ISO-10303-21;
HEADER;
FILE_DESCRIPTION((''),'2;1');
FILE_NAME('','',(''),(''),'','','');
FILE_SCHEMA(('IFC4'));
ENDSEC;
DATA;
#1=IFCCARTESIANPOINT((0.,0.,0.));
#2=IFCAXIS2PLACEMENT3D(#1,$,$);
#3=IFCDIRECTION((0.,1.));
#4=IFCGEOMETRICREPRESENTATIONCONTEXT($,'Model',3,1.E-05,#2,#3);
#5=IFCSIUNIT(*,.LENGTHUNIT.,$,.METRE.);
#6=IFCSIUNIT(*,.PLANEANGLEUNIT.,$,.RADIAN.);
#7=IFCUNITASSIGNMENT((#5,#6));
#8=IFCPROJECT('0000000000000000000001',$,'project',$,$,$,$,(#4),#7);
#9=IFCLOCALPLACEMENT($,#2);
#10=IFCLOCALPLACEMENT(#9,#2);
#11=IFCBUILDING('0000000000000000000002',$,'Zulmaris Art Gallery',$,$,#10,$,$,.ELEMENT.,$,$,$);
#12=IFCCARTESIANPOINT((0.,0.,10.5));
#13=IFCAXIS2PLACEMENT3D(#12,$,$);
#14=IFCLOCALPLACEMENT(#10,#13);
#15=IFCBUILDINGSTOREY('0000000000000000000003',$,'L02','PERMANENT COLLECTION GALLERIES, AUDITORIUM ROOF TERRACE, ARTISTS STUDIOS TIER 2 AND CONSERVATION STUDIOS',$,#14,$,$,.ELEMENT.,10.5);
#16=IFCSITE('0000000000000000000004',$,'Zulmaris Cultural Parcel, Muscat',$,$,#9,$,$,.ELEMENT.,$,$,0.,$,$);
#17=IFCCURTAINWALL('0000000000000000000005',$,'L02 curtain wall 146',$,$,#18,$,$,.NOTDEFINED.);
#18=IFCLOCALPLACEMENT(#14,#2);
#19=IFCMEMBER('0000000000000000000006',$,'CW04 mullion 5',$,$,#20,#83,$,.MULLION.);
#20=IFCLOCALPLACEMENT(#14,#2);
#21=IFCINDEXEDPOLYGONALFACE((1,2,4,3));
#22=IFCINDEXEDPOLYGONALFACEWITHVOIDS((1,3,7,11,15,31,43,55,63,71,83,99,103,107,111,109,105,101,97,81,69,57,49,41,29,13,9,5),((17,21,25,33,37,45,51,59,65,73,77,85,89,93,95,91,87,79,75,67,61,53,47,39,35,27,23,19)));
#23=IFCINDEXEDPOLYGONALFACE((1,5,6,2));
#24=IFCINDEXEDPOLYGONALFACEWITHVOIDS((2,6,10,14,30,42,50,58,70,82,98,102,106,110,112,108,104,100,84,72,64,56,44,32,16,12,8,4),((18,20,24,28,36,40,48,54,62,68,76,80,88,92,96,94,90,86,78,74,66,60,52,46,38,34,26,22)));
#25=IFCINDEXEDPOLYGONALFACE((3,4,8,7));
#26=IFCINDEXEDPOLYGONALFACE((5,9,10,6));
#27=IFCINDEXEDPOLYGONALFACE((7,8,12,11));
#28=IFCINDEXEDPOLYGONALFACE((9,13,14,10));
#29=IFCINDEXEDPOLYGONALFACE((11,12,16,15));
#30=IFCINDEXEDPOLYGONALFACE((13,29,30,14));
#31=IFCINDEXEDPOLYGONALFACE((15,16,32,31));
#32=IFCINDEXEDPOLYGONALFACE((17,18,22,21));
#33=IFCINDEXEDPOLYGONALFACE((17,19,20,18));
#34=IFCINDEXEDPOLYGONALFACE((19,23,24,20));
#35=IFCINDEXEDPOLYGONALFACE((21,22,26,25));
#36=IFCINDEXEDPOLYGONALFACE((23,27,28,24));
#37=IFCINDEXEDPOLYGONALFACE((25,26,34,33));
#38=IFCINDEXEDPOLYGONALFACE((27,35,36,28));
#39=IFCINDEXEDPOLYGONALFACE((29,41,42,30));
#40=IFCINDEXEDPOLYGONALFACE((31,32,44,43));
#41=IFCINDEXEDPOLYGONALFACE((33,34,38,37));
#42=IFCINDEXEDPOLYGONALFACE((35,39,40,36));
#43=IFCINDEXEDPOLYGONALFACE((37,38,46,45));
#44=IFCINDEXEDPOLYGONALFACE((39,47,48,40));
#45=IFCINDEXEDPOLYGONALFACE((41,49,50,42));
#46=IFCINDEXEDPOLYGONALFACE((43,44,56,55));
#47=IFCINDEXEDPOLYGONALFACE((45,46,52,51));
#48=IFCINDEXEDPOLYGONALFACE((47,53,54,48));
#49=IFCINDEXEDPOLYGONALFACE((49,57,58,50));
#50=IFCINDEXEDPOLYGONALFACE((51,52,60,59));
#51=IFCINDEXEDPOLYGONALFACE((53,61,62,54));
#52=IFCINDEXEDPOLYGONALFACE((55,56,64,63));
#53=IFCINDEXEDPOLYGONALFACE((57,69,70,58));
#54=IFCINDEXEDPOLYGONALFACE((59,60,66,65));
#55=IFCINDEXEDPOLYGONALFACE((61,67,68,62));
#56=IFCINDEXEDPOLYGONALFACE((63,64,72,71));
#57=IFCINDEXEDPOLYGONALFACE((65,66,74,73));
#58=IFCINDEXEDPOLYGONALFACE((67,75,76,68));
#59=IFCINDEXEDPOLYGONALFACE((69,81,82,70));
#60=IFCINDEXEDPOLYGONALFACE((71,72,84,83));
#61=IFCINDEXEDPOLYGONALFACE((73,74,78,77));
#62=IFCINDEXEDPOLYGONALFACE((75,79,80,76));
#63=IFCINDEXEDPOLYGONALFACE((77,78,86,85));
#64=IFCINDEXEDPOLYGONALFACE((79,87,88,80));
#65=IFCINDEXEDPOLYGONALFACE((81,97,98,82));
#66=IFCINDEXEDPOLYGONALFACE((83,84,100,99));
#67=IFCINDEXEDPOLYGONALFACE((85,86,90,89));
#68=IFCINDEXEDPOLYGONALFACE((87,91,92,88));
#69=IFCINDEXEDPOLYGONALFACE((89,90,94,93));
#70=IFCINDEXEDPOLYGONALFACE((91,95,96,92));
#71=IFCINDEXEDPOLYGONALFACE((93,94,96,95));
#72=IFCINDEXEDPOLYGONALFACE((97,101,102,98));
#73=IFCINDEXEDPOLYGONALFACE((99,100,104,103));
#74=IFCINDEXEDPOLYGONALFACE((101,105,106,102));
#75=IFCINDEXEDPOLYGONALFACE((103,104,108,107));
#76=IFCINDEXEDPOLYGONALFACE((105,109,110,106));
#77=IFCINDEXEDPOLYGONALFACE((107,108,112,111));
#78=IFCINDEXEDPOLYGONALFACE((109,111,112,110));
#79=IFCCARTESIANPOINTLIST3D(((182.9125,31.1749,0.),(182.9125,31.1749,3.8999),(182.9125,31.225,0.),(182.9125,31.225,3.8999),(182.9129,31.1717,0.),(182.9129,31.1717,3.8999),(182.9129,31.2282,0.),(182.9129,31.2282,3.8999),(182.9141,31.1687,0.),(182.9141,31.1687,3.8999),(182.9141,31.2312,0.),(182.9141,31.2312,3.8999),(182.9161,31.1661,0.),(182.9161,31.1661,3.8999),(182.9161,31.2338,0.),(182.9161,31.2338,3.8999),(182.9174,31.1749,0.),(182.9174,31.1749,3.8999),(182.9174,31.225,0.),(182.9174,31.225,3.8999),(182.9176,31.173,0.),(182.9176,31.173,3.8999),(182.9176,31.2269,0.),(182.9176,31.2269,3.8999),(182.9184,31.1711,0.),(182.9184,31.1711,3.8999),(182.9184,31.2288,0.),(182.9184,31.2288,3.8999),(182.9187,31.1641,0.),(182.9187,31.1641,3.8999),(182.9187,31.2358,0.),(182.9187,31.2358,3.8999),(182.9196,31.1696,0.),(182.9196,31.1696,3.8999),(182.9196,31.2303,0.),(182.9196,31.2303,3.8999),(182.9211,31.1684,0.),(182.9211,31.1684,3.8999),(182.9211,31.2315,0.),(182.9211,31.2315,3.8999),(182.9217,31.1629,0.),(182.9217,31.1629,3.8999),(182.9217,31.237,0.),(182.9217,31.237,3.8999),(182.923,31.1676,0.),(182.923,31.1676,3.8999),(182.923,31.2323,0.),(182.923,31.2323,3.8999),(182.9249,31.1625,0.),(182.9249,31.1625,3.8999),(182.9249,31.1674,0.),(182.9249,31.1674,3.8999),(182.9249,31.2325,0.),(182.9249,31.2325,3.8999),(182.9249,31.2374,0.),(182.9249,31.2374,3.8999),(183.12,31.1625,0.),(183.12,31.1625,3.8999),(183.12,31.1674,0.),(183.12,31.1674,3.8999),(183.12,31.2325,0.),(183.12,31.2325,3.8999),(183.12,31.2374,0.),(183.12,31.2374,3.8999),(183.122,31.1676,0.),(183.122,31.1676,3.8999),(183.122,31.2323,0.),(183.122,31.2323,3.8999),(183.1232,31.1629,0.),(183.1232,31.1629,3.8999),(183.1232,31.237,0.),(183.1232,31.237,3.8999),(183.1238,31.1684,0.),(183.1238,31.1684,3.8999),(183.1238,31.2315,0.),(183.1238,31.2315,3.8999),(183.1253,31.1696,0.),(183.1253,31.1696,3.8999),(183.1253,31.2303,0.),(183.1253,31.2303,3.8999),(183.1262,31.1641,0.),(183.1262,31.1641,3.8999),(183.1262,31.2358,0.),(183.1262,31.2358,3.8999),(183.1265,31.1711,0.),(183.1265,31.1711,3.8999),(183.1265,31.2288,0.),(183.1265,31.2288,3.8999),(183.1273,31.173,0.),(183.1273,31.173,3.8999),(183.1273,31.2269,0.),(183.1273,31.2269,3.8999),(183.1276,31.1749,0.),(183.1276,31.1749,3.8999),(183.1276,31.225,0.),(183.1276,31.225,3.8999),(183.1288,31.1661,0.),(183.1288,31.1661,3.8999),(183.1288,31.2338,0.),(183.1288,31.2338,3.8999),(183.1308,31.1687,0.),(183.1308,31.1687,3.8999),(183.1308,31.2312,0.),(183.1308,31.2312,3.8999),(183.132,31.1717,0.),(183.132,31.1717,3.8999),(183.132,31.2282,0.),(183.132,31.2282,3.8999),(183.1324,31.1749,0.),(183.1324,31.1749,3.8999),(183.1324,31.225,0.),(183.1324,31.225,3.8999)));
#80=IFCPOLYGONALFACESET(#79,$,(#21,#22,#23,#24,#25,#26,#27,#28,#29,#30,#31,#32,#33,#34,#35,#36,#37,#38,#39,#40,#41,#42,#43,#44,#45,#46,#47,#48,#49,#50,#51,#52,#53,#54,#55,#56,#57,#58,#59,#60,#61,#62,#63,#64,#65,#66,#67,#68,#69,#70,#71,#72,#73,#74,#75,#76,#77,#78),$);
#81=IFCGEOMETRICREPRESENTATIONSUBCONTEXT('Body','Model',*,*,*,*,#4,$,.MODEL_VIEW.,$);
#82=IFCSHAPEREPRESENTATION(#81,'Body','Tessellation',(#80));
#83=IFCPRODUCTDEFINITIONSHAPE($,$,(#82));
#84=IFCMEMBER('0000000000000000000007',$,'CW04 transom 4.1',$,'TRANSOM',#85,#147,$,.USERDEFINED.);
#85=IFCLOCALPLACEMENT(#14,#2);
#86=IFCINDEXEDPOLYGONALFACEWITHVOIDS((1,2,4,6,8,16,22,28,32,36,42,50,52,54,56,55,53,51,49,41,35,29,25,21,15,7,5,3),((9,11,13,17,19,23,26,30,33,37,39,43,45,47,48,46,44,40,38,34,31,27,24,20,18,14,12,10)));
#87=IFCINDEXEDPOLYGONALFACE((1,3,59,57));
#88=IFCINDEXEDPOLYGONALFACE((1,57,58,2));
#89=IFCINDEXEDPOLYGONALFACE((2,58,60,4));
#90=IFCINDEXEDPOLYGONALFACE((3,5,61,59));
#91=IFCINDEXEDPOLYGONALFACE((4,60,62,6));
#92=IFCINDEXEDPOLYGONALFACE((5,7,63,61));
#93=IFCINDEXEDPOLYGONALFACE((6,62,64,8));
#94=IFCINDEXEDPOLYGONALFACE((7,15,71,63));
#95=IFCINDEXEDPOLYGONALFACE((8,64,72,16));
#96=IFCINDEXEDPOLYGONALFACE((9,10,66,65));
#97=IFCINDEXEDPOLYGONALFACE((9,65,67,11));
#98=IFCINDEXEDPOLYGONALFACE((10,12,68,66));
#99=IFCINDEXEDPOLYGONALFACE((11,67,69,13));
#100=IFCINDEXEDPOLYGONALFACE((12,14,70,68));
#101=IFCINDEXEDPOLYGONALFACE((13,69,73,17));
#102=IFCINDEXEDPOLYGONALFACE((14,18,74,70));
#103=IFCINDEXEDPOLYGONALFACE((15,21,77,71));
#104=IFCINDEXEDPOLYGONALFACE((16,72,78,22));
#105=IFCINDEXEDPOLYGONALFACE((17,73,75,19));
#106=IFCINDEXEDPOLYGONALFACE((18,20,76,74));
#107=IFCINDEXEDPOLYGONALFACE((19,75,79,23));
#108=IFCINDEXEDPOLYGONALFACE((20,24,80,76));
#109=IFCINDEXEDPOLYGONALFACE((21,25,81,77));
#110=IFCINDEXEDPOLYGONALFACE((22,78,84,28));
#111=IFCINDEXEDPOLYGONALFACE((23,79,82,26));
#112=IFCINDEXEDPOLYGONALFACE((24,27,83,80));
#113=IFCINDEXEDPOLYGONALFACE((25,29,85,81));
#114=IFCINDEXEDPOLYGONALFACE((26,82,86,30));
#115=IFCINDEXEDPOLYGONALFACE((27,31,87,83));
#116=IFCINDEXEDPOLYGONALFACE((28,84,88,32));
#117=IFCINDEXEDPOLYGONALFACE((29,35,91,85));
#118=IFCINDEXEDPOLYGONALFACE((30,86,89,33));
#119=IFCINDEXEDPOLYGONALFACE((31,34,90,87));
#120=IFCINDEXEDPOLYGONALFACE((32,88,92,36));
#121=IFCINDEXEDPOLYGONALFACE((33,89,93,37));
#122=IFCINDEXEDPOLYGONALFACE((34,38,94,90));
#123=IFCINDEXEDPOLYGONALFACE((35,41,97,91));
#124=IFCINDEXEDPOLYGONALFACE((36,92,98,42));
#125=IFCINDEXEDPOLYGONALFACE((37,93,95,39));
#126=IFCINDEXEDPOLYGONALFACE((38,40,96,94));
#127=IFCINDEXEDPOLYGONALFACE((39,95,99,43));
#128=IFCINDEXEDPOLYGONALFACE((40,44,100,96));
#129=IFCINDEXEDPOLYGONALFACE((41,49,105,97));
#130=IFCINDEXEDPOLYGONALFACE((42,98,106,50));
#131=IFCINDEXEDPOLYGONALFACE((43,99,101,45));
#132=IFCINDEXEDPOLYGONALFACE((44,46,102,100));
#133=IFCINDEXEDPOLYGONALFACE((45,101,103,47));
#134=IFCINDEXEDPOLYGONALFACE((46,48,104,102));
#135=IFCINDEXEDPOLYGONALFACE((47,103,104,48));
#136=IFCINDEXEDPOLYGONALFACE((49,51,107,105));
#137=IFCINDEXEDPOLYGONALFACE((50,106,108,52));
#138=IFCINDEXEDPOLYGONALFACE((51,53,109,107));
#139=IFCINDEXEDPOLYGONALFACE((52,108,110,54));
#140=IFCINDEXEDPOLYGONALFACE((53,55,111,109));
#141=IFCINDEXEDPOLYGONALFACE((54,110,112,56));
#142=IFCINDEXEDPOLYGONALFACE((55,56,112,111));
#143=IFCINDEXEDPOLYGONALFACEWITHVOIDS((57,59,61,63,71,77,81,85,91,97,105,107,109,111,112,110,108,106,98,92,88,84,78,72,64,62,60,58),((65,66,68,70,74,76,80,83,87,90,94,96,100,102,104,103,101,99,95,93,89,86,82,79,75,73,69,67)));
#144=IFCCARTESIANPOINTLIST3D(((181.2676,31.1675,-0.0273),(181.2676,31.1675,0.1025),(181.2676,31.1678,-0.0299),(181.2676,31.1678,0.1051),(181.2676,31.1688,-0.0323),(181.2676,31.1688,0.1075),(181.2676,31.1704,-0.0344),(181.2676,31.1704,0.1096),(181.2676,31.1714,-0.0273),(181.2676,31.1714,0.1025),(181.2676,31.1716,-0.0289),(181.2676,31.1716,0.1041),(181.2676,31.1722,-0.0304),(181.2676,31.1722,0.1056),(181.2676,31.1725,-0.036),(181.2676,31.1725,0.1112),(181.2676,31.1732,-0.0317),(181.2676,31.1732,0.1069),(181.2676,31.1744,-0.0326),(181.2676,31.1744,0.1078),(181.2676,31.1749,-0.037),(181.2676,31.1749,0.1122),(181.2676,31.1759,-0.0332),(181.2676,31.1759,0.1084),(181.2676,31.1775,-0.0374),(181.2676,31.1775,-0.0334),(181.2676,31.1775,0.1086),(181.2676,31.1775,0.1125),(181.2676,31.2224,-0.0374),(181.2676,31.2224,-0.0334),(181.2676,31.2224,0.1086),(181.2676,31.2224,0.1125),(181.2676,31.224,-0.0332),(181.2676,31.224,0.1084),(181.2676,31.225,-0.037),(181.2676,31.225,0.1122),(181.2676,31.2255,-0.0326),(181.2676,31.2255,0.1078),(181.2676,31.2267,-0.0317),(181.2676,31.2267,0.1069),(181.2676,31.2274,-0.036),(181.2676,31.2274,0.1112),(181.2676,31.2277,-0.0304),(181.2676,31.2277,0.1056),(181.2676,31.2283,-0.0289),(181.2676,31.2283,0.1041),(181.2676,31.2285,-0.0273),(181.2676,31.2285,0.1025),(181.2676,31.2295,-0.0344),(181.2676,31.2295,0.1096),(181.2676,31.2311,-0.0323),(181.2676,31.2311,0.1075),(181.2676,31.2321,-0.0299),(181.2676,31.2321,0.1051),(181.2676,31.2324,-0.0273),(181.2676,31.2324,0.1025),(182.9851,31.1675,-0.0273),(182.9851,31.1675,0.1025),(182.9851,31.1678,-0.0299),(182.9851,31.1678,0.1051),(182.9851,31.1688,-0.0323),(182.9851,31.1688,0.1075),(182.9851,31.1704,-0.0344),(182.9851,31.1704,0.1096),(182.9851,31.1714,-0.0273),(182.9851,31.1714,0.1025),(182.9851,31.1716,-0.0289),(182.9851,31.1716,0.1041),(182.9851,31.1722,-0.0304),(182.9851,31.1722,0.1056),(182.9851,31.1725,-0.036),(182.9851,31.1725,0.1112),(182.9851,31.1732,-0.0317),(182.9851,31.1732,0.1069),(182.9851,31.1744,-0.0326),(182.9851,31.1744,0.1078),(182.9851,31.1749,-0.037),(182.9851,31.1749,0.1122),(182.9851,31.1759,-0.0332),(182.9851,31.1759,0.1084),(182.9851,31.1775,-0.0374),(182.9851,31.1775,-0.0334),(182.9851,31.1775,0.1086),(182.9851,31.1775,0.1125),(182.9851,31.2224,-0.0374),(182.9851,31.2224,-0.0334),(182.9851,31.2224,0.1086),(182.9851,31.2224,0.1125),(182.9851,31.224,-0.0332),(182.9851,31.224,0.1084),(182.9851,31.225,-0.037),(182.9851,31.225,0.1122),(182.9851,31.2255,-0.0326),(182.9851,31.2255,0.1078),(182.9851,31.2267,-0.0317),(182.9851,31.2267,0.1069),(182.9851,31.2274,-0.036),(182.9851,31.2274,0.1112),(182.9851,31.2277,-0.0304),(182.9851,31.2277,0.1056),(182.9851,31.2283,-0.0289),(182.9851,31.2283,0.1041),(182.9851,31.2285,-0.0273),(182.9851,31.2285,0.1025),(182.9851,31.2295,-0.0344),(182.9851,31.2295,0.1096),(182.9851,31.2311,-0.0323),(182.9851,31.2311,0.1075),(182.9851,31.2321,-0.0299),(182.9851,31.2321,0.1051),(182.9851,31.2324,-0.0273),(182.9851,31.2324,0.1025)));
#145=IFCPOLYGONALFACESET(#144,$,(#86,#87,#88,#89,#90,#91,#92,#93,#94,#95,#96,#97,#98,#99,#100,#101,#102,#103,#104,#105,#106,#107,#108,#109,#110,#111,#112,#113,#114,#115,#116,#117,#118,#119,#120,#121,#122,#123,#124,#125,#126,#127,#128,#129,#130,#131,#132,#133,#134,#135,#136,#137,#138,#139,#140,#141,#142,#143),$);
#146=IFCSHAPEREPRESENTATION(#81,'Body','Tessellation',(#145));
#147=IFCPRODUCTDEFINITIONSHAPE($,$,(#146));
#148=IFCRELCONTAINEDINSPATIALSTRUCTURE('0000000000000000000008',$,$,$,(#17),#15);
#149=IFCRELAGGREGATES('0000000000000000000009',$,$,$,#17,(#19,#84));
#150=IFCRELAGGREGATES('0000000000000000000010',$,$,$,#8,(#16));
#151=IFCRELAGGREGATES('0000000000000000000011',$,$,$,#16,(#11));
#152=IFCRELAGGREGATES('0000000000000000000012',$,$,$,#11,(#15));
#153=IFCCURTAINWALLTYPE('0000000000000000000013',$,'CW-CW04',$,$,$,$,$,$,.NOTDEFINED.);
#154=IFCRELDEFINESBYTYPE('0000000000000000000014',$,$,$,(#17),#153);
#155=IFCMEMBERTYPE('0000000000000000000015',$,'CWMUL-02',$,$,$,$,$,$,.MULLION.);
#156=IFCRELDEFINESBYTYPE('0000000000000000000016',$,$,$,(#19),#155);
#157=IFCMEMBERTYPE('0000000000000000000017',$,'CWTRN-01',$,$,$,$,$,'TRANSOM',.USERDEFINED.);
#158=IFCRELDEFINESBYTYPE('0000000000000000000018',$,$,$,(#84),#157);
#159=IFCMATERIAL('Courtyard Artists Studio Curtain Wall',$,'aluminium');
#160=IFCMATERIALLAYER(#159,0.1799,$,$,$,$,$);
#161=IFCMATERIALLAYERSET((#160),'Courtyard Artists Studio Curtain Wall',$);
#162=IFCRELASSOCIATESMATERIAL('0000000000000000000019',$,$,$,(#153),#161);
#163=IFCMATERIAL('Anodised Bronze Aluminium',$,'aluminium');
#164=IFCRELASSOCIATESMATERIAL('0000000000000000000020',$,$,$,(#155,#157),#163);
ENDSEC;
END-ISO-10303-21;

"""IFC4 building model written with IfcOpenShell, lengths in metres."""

from ifc_helpers import new_model, si_unit, direction, frame, origin, origin_2d, place, context, subcontext, project, spatial, hollow_rectangle, extrude, material, layer, layer_set, material_profile, profile_set, type_object, element, aggregate, save


model = new_model("IFC4")

# Units and contexts
model_context = context("Model", 3, precision=1e-05, world=origin(), true_north=direction((0.0, 1.0)))
body_context = subcontext(model_context, "Body", "Model", "MODEL_VIEW")
ifc_project = project(units=[si_unit("LENGTHUNIT", "METRE"), si_unit("PLANEANGLEUNIT", "RADIAN")], contexts=[model_context])

# Site, building, storey
site_placement = place(None, origin())
site = spatial("IfcSite", under=ifc_project, at=site_placement, Name="Zulmaris Cultural Parcel, Muscat", CompositionType="ELEMENT", RefElevation=0.0)
building_placement = place(site_placement, origin())
building = spatial("IfcBuilding", under=site, at=building_placement, Name="Zulmaris Art Gallery", CompositionType="ELEMENT")
storey_placement = place(building_placement, frame((0.0, 0.0, 10.5)))
storey = spatial("IfcBuildingStorey", under=building, at=storey_placement, Name="L02", Description="PERMANENT COLLECTION GALLERIES, AUDITORIUM ROOF TERRACE, ARTISTS STUDIOS TIER 2 AND CONSERVATION STUDIOS", CompositionType="ELEMENT", Elevation=10.5)

# Curtain wall, members
ifc_material_1 = material(Name="Courtyard Artists Studio Curtain Wall", Category="aluminium")
ifc_layer_1 = layer(ifc_material_1, 0.1799)
ifc_layer_set_1 = layer_set([ifc_layer_1], Name="Courtyard Artists Studio Curtain Wall")
curtain_wall_type = type_object("IfcCurtainWallType", Name="CW-CW04", PredefinedType="NOTDEFINED", material=ifc_layer_set_1)
curtain_wall_placement = place(storey_placement, origin())
curtain_wall = element("IfcCurtainWall", 1, at=curtain_wall_placement, inside=storey, type_object=curtain_wall_type, Name="L02 curtain wall 146", PredefinedType="NOTDEFINED")
ifc_material_2 = material(Name="Anodised Bronze Aluminium", Category="aluminium")
ifc_material_profile_1 = material_profile(ifc_material_2, hollow_rectangle(XDim=0.075, YDim=0.22, WallThickness=0.0049, InnerFilletRadius=0.0076, OuterFilletRadius=0.0125, at=origin_2d()), Name="ALU 75x220x5")
ifc_profile_set_1 = profile_set([ifc_material_profile_1], Name="Anodised Bronze Aluminium")
member_type_1 = type_object("IfcMemberType", Name="CWMUL-02", PredefinedType="MULLION", material=ifc_profile_set_1)
member_1_placement = place(storey_placement, frame((183.0225, 31.2, 0.0), z_axis=(0.0, 0.0, 1.0), x_axis=(0.0, 1.0, 0.0)))
member_1 = element("IfcMember", 2, at=member_1_placement, type_object=member_type_1, Name="CW04 mullion 5", PredefinedType="MULLION", context=body_context, shape_type="SweptSolid", body=[
    extrude(hollow_rectangle(XDim=0.075, YDim=0.22, WallThickness=0.0049, InnerFilletRadius=0.0076, OuterFilletRadius=0.0125, at=origin_2d()), origin(), (0.0, 0.0, 1.0), 3.8999),
])
ifc_material_profile_2 = material_profile(ifc_material_2, hollow_rectangle(XDim=0.0649, YDim=0.1499, WallThickness=0.0039, InnerFilletRadius=0.0061, OuterFilletRadius=0.01, at=origin_2d()), Name="ALU 65x150x4")
ifc_profile_set_2 = profile_set([ifc_material_profile_2], Name="Anodised Bronze Aluminium")
member_type_2 = type_object("IfcMemberType", Name="CWTRN-01", ElementType="TRANSOM", PredefinedType="USERDEFINED", material=ifc_profile_set_2)
member_2_placement = place(storey_placement, frame((181.2676, 31.2, 0.0376), z_axis=(1.0, 0.0, 0.0), x_axis=(0.0, 1.0, 0.0)))
member_2 = element("IfcMember", 3, at=member_2_placement, type_object=member_type_2, Name="CW04 transom 4.1", ObjectType="TRANSOM", PredefinedType="USERDEFINED", context=body_context, shape_type="SweptSolid", body=[
    extrude(hollow_rectangle(XDim=0.0649, YDim=0.1499, WallThickness=0.0039, InnerFilletRadius=0.0061, OuterFilletRadius=0.01, at=origin_2d()), origin(), (0.0, 0.0, 1.0), 1.7175),
])
aggregate(curtain_wall, [member_1, member_2])

save(model, "model.ifc")
